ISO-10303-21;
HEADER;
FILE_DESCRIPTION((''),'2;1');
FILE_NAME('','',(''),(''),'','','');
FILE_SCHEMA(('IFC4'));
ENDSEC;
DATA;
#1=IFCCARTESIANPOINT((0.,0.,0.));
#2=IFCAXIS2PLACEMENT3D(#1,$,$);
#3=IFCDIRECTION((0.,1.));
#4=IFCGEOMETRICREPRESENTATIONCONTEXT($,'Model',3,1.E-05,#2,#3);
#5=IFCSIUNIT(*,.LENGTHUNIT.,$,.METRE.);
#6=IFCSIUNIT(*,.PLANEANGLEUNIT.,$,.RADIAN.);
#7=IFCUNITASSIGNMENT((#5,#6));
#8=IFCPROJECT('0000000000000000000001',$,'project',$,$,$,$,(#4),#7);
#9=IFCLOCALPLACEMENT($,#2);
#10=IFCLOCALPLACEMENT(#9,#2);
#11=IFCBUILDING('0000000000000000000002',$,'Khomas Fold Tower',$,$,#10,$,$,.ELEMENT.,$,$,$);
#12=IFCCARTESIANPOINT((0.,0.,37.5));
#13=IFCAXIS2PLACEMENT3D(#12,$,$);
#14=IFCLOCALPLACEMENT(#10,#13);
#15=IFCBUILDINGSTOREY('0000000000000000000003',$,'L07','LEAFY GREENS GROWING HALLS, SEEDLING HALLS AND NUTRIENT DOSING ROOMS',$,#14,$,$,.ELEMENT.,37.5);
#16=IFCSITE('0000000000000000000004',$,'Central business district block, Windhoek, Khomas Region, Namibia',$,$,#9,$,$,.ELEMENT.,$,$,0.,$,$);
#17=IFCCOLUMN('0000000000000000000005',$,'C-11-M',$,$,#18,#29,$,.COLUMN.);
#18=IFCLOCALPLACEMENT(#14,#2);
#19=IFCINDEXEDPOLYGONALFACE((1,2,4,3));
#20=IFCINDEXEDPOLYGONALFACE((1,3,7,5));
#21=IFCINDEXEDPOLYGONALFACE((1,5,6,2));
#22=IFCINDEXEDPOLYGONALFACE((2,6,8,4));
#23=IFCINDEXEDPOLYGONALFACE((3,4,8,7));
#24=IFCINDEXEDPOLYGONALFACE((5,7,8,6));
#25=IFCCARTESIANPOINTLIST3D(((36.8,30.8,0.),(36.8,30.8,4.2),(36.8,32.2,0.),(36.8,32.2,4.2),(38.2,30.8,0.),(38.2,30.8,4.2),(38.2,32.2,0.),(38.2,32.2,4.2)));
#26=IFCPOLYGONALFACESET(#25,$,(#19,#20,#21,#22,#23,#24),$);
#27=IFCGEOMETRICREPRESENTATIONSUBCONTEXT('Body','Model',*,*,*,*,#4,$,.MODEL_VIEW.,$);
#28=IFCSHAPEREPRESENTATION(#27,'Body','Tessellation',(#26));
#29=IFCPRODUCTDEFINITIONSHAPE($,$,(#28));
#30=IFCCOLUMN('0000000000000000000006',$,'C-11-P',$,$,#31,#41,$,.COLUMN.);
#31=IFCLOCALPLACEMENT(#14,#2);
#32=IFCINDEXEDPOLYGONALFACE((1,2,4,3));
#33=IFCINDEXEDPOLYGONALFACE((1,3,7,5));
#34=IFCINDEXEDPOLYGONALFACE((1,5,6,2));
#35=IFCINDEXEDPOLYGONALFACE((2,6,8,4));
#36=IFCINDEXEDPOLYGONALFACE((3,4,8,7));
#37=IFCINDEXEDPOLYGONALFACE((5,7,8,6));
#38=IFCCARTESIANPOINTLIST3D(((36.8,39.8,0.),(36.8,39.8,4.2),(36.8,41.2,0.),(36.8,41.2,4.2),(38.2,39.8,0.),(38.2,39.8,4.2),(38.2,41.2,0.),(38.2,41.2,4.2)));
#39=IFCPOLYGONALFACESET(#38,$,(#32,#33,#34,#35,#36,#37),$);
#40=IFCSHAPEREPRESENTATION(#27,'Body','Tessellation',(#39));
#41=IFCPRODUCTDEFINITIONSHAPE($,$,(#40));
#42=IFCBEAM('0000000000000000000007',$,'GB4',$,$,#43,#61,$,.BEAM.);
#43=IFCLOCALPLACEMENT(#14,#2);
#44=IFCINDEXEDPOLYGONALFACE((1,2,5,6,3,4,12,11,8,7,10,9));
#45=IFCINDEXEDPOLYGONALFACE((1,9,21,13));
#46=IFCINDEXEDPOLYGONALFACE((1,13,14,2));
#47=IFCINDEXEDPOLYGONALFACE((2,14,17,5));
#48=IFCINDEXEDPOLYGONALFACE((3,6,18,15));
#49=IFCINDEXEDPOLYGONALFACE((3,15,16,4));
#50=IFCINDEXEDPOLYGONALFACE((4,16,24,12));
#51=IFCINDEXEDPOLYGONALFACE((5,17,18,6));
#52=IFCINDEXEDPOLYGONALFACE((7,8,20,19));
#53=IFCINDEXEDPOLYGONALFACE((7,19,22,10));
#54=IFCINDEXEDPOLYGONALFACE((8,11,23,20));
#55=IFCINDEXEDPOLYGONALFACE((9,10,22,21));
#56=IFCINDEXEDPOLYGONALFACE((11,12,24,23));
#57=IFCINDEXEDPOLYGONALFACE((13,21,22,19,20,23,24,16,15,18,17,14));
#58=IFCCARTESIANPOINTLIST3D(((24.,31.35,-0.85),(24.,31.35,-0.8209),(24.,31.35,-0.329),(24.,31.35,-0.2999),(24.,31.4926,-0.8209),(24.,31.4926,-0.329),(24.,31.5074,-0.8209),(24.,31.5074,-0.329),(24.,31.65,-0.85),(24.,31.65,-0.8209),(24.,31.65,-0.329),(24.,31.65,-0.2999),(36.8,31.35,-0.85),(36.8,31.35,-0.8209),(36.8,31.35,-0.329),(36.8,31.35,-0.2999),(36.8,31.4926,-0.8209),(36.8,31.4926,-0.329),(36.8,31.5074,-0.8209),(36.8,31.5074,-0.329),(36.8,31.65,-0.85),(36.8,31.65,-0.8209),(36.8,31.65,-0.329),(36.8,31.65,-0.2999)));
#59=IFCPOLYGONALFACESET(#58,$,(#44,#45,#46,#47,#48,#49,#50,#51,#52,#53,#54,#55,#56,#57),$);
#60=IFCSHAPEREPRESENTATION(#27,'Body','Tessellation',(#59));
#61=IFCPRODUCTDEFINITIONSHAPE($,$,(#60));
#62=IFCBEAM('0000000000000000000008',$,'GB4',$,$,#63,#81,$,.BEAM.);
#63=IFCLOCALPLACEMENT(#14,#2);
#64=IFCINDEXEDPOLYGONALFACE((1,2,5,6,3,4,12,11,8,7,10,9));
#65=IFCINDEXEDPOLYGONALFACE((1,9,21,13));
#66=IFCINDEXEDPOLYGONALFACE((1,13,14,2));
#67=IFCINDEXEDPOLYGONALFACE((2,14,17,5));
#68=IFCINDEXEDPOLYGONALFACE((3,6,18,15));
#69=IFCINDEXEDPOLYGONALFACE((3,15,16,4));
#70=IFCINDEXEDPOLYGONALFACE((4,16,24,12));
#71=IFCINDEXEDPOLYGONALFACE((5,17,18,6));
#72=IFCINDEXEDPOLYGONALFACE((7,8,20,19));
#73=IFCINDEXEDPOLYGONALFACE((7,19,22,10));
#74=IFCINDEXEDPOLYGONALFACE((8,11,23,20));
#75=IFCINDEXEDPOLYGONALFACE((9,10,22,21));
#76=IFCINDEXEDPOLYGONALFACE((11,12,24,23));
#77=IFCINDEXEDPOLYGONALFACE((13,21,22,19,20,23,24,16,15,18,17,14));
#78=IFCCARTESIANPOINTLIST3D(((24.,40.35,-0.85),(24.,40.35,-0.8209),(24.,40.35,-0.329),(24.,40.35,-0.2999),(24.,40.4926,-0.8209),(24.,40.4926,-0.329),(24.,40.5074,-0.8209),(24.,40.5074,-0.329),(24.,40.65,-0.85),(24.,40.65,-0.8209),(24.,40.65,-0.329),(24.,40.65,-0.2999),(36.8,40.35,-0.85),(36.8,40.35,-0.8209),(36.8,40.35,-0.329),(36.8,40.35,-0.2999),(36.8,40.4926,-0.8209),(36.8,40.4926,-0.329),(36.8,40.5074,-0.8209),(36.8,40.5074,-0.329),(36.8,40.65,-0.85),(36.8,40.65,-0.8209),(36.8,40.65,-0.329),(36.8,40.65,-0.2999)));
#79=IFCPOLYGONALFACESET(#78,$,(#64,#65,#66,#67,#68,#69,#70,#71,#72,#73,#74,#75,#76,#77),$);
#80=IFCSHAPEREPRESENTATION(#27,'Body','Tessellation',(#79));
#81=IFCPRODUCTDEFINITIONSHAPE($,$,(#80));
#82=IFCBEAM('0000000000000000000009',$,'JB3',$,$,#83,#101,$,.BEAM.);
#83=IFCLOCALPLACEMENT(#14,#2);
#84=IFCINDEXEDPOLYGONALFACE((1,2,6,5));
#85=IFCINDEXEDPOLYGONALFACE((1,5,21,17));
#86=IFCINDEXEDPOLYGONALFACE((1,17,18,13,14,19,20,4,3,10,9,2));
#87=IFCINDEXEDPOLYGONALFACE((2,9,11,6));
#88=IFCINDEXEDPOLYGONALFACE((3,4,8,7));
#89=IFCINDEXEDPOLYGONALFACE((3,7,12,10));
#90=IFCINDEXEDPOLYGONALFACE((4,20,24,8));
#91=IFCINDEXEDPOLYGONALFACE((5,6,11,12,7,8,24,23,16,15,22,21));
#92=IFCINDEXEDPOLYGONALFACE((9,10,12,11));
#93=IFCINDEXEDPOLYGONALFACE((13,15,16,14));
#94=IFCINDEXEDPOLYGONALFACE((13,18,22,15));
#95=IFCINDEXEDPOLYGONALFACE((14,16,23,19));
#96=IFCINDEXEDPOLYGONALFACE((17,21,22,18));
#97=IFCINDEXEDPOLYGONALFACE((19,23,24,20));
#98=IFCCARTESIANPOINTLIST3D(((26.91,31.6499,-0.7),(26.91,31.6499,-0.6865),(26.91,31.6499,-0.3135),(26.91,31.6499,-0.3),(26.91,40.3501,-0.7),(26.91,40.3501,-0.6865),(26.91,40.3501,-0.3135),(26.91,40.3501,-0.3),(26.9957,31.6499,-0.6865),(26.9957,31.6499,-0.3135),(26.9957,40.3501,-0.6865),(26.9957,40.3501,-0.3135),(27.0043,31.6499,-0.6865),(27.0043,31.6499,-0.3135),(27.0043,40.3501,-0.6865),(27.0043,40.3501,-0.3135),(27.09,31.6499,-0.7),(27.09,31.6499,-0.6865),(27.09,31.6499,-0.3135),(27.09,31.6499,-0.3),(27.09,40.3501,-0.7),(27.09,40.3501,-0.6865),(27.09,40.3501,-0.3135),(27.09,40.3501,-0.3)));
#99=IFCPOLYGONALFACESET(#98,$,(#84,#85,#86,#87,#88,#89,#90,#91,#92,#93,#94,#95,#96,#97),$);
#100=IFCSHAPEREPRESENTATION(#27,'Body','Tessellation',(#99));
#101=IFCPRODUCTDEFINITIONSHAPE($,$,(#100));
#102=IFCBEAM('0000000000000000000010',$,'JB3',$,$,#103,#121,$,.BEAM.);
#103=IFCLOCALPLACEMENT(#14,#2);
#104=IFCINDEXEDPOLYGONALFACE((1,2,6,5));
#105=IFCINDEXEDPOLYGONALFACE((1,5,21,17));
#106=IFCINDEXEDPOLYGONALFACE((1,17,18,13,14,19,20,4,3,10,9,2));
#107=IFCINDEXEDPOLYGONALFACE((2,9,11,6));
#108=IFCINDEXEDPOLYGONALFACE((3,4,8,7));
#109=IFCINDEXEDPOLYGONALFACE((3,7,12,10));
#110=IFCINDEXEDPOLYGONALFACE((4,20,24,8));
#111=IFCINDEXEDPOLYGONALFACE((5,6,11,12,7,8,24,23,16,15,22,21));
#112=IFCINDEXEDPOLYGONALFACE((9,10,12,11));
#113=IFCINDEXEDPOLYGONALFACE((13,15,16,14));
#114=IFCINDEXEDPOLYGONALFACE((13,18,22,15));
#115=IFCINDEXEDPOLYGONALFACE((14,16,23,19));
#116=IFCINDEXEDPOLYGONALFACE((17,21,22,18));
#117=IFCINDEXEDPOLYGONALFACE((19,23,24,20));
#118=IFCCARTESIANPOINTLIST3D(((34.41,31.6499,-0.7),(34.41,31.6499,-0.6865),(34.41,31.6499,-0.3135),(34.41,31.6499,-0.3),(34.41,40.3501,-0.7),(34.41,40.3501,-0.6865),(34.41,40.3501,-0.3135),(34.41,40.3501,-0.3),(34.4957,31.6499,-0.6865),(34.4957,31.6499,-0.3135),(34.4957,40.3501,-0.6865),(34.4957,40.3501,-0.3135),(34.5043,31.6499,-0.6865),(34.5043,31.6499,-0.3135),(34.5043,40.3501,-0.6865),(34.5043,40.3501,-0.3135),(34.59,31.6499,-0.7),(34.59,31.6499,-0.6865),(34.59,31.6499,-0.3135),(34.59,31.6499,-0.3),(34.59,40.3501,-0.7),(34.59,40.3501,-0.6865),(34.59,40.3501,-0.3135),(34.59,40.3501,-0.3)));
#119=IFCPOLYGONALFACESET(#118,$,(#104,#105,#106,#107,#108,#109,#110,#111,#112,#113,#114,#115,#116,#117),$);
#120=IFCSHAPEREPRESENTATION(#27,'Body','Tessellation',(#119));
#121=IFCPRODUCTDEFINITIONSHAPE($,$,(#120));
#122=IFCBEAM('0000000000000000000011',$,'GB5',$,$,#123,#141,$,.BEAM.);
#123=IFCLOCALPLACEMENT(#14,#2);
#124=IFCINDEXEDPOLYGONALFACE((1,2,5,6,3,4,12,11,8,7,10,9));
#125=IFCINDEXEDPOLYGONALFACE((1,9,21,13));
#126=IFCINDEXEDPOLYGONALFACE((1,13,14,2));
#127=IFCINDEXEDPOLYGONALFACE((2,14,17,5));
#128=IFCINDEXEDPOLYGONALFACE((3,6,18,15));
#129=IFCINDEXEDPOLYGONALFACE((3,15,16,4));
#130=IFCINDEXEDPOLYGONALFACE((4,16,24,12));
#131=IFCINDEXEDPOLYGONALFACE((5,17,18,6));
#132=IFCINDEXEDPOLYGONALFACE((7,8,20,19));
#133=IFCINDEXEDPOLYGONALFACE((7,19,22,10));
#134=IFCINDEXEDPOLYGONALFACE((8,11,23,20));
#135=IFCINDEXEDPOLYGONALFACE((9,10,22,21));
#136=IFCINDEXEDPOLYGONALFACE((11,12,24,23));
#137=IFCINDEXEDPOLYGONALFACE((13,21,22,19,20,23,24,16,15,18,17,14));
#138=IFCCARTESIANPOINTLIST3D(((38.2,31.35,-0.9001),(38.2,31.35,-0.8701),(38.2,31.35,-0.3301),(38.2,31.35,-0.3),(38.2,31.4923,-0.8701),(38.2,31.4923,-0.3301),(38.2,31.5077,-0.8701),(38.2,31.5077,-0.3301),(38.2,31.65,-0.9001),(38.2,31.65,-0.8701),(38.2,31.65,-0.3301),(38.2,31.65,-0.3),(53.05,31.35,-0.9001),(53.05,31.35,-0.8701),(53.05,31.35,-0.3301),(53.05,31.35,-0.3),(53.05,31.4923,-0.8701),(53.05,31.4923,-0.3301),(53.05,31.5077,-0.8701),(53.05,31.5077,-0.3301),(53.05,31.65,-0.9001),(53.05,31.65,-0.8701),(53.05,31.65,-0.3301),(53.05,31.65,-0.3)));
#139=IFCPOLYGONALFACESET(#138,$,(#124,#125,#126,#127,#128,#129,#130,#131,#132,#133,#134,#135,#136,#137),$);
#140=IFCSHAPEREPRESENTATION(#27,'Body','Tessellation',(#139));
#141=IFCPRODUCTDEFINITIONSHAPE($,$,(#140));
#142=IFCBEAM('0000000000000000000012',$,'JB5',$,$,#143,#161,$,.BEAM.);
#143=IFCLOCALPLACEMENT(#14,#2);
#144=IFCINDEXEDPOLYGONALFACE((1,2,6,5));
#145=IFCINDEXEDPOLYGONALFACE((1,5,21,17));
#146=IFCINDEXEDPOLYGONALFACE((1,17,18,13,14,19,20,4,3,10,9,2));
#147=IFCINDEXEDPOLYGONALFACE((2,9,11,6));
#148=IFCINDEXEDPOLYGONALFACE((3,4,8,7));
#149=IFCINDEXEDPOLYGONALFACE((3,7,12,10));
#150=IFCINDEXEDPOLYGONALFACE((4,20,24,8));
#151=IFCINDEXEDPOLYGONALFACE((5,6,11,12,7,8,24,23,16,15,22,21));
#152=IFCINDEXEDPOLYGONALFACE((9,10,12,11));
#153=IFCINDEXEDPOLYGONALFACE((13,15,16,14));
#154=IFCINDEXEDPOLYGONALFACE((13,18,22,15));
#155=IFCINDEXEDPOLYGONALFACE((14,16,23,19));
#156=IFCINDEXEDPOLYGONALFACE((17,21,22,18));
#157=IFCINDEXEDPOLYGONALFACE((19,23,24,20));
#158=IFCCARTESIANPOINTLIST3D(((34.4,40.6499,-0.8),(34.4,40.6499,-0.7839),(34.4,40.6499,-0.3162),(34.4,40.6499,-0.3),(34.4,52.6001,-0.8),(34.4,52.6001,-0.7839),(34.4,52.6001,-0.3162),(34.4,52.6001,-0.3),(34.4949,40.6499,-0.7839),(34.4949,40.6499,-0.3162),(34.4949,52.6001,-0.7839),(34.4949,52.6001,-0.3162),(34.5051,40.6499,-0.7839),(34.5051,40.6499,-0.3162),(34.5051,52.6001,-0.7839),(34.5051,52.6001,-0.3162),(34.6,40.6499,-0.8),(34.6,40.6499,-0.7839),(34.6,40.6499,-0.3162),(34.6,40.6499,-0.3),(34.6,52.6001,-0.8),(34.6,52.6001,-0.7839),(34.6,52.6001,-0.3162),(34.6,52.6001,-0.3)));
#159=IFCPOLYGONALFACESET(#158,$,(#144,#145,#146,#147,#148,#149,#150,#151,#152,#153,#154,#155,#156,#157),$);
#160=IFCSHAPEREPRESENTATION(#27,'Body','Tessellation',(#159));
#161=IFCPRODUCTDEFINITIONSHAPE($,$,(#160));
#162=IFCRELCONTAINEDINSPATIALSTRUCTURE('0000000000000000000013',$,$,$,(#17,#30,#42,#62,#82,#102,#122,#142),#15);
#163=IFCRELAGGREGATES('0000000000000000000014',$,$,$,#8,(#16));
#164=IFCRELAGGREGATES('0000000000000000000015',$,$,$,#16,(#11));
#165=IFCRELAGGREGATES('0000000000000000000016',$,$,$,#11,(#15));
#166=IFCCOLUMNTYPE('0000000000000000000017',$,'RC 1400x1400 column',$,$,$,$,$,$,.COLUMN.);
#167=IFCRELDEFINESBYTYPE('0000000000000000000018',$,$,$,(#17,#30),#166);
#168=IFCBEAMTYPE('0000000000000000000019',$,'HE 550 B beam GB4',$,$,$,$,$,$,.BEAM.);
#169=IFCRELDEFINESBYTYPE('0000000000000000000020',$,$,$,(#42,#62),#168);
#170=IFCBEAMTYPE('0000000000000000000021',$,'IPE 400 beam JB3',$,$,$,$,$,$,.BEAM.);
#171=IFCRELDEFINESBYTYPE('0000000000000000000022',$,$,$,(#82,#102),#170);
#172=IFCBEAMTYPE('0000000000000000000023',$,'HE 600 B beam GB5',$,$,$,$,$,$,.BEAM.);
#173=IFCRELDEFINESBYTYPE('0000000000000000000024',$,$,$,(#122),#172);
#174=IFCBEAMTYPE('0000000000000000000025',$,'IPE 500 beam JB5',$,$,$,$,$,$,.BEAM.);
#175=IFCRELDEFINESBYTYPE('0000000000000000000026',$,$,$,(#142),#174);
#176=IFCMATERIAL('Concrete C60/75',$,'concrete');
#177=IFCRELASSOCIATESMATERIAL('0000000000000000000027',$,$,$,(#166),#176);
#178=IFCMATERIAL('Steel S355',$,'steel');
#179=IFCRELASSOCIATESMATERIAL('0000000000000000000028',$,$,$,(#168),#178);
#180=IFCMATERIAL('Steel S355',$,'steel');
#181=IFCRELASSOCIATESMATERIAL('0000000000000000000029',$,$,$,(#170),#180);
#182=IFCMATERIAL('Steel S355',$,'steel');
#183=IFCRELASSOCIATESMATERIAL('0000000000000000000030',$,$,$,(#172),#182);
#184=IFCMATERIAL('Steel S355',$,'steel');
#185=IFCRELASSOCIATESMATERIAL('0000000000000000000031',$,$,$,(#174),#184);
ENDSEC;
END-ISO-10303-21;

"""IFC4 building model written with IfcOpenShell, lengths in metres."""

from ifc_helpers import new_model, si_unit, direction, frame, origin, origin_2d, place, context, subcontext, project, spatial, rectangle, i_section, extrude, source, transform, mapped, material, material_profile, profile_set, type_object, element, save


model = new_model("IFC4")

# Units and contexts
model_context = context("Model", 3, precision=1e-05, world=origin(), true_north=direction((0.0, 1.0)))
body_context = subcontext(model_context, "Body", "Model", "MODEL_VIEW")
ifc_project = project(units=[si_unit("LENGTHUNIT", "METRE"), si_unit("PLANEANGLEUNIT", "RADIAN")], contexts=[model_context])

# Site, building, storey
site_placement = place(None, origin())
site = spatial("IfcSite", under=ifc_project, at=site_placement, Name="Central business district block, Windhoek, Khomas Region, Namibia", CompositionType="ELEMENT", RefElevation=0.0)
building_placement = place(site_placement, origin())
building = spatial("IfcBuilding", under=site, at=building_placement, Name="Khomas Fold Tower", CompositionType="ELEMENT")
storey_placement = place(building_placement, frame((0.0, 0.0, 37.5)))
storey = spatial("IfcBuildingStorey", under=building, at=storey_placement, Name="L07", Description="LEAFY GREENS GROWING HALLS, SEEDLING HALLS AND NUTRIENT DOSING ROOMS", CompositionType="ELEMENT", Elevation=37.5)

# Columns
ifc_material_1 = material(Name="Concrete C60/75", Category="concrete")
ifc_material_profile_1 = material_profile(ifc_material_1, rectangle(XDim=1.3999, YDim=1.3999, at=origin_2d()), Name="RC 1400x1400")
ifc_profile_set_1 = profile_set([ifc_material_profile_1], Name="Concrete C60/75")
column_type = type_object("IfcColumnType", Name="RC 1400x1400 column", PredefinedType="COLUMN", material=ifc_profile_set_1)
shared_shape_1 = source(origin(), body_context, "Body", "SweptSolid", [
    extrude(rectangle(XDim=1.3999, YDim=1.3999, at=origin_2d()), origin(), (0.0, 0.0, 1.0), 4.2),
])
for number, where, z_axis, x_axis, name in (
    (1, (37.5, 31.5, 0.0), (0.0, 0.0, 1.0), (1.0, 0.0, 0.0), "C-11-M"),
    (2, (37.5, 40.5, 0.0), (0.0, 0.0, 1.0), (1.0, 0.0, 0.0), "C-11-P"),
):
    element("IfcColumn", number, at=place(storey_placement, frame(where, z_axis=z_axis, x_axis=x_axis)), inside=storey, type_object=column_type, Name=name, PredefinedType="COLUMN", context=body_context, shape_type="MappedRepresentation", body=[
        mapped(shared_shape_1, transform((0.0, 0.0, 0.0))),
    ])

# Beams
ifc_material_2 = material(Name="Steel S355", Category="steel")
ifc_material_profile_2 = material_profile(ifc_material_2, i_section(OverallWidth=0.3, OverallDepth=0.55, WebThickness=0.0149, FlangeThickness=0.0291, at=origin_2d()), Name="HE 550 B")
ifc_profile_set_2 = profile_set([ifc_material_profile_2], Name="Steel S355")
beam_type_1 = type_object("IfcBeamType", Name="HE 550 B beam GB4", PredefinedType="BEAM", material=ifc_profile_set_2)
shared_shape_2 = source(origin(), body_context, "Body", "SweptSolid", [
    extrude(i_section(OverallWidth=0.3, OverallDepth=0.55, WebThickness=0.0149, FlangeThickness=0.0291, at=origin_2d()), origin(), (0.0, 0.0, 1.0), 12.8),
])
for number, where, z_axis, x_axis, name in (
    (3, (24.0, 31.5, -0.575), (1.0, 0.0, 0.0), (0.0, 1.0, 0.0), "GB4"),
    (4, (24.0, 40.5, -0.575), (1.0, 0.0, 0.0), (0.0, 1.0, 0.0), "GB4"),
):
    element("IfcBeam", number, at=place(storey_placement, frame(where, z_axis=z_axis, x_axis=x_axis)), inside=storey, type_object=beam_type_1, Name=name, PredefinedType="BEAM", context=body_context, shape_type="MappedRepresentation", body=[
        mapped(shared_shape_2, transform((0.0, 0.0, 0.0))),
    ])
ifc_material_3 = material(Name="Steel S355", Category="steel")
ifc_material_profile_3 = material_profile(ifc_material_3, i_section(OverallWidth=0.1799, OverallDepth=0.3999, WebThickness=0.0085, FlangeThickness=0.0134, at=origin_2d()), Name="IPE 400")
ifc_profile_set_3 = profile_set([ifc_material_profile_3], Name="Steel S355")
beam_type_2 = type_object("IfcBeamType", Name="IPE 400 beam JB3", PredefinedType="BEAM", material=ifc_profile_set_3)
shared_shape_3 = source(origin(), body_context, "Body", "SweptSolid", [
    extrude(i_section(OverallWidth=0.1799, OverallDepth=0.3999, WebThickness=0.0085, FlangeThickness=0.0134, at=origin_2d()), origin(), (0.0, 0.0, 1.0), 8.7002),
])
for number, where, z_axis, x_axis, name in (
    (5, (27.0, 31.6499, -0.5), (0.0, 1.0, 0.0), (-1.0, 0.0, 0.0), "JB3"),
    (6, (34.5, 31.6499, -0.5), (0.0, 1.0, 0.0), (-1.0, 0.0, 0.0), "JB3"),
):
    element("IfcBeam", number, at=place(storey_placement, frame(where, z_axis=z_axis, x_axis=x_axis)), inside=storey, type_object=beam_type_2, Name=name, PredefinedType="BEAM", context=body_context, shape_type="MappedRepresentation", body=[
        mapped(shared_shape_3, transform((0.0, 0.0, 0.0))),
    ])
ifc_material_4 = material(Name="Steel S355", Category="steel")
ifc_material_profile_4 = material_profile(ifc_material_4, i_section(OverallWidth=0.3, OverallDepth=0.6001, WebThickness=0.0154, FlangeThickness=0.03, at=origin_2d()), Name="HE 600 B")
ifc_profile_set_4 = profile_set([ifc_material_profile_4], Name="Steel S355")
beam_type_3 = type_object("IfcBeamType", Name="HE 600 B beam GB5", PredefinedType="BEAM", material=ifc_profile_set_4)
shared_shape_4 = source(origin(), body_context, "Body", "SweptSolid", [
    extrude(i_section(OverallWidth=0.3, OverallDepth=0.6001, WebThickness=0.0154, FlangeThickness=0.03, at=origin_2d()), origin(), (0.0, 0.0, 1.0), 14.8501),
])
beam_1_placement = place(storey_placement, frame((38.2, 31.5, -0.6001), z_axis=(1.0, 0.0, 0.0), x_axis=(0.0, 1.0, 0.0)))
element("IfcBeam", 7, at=beam_1_placement, inside=storey, type_object=beam_type_3, Name="GB5", PredefinedType="BEAM", context=body_context, shape_type="MappedRepresentation", body=[
    mapped(shared_shape_4, transform((0.0, 0.0, 0.0))),
])
ifc_material_5 = material(Name="Steel S355", Category="steel")
ifc_material_profile_5 = material_profile(ifc_material_5, i_section(OverallWidth=0.2, OverallDepth=0.5, WebThickness=0.0103, FlangeThickness=0.0161, at=origin_2d()), Name="IPE 500")
ifc_profile_set_5 = profile_set([ifc_material_profile_5], Name="Steel S355")
beam_type_4 = type_object("IfcBeamType", Name="IPE 500 beam JB5", PredefinedType="BEAM", material=ifc_profile_set_5)
shared_shape_5 = source(origin(), body_context, "Body", "SweptSolid", [
    extrude(i_section(OverallWidth=0.2, OverallDepth=0.5, WebThickness=0.0103, FlangeThickness=0.0161, at=origin_2d()), origin(), (0.0, 0.0, 1.0), 11.9502),
])
beam_2_placement = place(storey_placement, frame((34.5, 40.6499, -0.55), z_axis=(0.0, 1.0, 0.0), x_axis=(-1.0, 0.0, 0.0)))
element("IfcBeam", 8, at=beam_2_placement, inside=storey, type_object=beam_type_4, Name="JB5", PredefinedType="BEAM", context=body_context, shape_type="MappedRepresentation", body=[
    mapped(shared_shape_5, transform((0.0, 0.0, 0.0))),
])

save(model, "model.ifc")
